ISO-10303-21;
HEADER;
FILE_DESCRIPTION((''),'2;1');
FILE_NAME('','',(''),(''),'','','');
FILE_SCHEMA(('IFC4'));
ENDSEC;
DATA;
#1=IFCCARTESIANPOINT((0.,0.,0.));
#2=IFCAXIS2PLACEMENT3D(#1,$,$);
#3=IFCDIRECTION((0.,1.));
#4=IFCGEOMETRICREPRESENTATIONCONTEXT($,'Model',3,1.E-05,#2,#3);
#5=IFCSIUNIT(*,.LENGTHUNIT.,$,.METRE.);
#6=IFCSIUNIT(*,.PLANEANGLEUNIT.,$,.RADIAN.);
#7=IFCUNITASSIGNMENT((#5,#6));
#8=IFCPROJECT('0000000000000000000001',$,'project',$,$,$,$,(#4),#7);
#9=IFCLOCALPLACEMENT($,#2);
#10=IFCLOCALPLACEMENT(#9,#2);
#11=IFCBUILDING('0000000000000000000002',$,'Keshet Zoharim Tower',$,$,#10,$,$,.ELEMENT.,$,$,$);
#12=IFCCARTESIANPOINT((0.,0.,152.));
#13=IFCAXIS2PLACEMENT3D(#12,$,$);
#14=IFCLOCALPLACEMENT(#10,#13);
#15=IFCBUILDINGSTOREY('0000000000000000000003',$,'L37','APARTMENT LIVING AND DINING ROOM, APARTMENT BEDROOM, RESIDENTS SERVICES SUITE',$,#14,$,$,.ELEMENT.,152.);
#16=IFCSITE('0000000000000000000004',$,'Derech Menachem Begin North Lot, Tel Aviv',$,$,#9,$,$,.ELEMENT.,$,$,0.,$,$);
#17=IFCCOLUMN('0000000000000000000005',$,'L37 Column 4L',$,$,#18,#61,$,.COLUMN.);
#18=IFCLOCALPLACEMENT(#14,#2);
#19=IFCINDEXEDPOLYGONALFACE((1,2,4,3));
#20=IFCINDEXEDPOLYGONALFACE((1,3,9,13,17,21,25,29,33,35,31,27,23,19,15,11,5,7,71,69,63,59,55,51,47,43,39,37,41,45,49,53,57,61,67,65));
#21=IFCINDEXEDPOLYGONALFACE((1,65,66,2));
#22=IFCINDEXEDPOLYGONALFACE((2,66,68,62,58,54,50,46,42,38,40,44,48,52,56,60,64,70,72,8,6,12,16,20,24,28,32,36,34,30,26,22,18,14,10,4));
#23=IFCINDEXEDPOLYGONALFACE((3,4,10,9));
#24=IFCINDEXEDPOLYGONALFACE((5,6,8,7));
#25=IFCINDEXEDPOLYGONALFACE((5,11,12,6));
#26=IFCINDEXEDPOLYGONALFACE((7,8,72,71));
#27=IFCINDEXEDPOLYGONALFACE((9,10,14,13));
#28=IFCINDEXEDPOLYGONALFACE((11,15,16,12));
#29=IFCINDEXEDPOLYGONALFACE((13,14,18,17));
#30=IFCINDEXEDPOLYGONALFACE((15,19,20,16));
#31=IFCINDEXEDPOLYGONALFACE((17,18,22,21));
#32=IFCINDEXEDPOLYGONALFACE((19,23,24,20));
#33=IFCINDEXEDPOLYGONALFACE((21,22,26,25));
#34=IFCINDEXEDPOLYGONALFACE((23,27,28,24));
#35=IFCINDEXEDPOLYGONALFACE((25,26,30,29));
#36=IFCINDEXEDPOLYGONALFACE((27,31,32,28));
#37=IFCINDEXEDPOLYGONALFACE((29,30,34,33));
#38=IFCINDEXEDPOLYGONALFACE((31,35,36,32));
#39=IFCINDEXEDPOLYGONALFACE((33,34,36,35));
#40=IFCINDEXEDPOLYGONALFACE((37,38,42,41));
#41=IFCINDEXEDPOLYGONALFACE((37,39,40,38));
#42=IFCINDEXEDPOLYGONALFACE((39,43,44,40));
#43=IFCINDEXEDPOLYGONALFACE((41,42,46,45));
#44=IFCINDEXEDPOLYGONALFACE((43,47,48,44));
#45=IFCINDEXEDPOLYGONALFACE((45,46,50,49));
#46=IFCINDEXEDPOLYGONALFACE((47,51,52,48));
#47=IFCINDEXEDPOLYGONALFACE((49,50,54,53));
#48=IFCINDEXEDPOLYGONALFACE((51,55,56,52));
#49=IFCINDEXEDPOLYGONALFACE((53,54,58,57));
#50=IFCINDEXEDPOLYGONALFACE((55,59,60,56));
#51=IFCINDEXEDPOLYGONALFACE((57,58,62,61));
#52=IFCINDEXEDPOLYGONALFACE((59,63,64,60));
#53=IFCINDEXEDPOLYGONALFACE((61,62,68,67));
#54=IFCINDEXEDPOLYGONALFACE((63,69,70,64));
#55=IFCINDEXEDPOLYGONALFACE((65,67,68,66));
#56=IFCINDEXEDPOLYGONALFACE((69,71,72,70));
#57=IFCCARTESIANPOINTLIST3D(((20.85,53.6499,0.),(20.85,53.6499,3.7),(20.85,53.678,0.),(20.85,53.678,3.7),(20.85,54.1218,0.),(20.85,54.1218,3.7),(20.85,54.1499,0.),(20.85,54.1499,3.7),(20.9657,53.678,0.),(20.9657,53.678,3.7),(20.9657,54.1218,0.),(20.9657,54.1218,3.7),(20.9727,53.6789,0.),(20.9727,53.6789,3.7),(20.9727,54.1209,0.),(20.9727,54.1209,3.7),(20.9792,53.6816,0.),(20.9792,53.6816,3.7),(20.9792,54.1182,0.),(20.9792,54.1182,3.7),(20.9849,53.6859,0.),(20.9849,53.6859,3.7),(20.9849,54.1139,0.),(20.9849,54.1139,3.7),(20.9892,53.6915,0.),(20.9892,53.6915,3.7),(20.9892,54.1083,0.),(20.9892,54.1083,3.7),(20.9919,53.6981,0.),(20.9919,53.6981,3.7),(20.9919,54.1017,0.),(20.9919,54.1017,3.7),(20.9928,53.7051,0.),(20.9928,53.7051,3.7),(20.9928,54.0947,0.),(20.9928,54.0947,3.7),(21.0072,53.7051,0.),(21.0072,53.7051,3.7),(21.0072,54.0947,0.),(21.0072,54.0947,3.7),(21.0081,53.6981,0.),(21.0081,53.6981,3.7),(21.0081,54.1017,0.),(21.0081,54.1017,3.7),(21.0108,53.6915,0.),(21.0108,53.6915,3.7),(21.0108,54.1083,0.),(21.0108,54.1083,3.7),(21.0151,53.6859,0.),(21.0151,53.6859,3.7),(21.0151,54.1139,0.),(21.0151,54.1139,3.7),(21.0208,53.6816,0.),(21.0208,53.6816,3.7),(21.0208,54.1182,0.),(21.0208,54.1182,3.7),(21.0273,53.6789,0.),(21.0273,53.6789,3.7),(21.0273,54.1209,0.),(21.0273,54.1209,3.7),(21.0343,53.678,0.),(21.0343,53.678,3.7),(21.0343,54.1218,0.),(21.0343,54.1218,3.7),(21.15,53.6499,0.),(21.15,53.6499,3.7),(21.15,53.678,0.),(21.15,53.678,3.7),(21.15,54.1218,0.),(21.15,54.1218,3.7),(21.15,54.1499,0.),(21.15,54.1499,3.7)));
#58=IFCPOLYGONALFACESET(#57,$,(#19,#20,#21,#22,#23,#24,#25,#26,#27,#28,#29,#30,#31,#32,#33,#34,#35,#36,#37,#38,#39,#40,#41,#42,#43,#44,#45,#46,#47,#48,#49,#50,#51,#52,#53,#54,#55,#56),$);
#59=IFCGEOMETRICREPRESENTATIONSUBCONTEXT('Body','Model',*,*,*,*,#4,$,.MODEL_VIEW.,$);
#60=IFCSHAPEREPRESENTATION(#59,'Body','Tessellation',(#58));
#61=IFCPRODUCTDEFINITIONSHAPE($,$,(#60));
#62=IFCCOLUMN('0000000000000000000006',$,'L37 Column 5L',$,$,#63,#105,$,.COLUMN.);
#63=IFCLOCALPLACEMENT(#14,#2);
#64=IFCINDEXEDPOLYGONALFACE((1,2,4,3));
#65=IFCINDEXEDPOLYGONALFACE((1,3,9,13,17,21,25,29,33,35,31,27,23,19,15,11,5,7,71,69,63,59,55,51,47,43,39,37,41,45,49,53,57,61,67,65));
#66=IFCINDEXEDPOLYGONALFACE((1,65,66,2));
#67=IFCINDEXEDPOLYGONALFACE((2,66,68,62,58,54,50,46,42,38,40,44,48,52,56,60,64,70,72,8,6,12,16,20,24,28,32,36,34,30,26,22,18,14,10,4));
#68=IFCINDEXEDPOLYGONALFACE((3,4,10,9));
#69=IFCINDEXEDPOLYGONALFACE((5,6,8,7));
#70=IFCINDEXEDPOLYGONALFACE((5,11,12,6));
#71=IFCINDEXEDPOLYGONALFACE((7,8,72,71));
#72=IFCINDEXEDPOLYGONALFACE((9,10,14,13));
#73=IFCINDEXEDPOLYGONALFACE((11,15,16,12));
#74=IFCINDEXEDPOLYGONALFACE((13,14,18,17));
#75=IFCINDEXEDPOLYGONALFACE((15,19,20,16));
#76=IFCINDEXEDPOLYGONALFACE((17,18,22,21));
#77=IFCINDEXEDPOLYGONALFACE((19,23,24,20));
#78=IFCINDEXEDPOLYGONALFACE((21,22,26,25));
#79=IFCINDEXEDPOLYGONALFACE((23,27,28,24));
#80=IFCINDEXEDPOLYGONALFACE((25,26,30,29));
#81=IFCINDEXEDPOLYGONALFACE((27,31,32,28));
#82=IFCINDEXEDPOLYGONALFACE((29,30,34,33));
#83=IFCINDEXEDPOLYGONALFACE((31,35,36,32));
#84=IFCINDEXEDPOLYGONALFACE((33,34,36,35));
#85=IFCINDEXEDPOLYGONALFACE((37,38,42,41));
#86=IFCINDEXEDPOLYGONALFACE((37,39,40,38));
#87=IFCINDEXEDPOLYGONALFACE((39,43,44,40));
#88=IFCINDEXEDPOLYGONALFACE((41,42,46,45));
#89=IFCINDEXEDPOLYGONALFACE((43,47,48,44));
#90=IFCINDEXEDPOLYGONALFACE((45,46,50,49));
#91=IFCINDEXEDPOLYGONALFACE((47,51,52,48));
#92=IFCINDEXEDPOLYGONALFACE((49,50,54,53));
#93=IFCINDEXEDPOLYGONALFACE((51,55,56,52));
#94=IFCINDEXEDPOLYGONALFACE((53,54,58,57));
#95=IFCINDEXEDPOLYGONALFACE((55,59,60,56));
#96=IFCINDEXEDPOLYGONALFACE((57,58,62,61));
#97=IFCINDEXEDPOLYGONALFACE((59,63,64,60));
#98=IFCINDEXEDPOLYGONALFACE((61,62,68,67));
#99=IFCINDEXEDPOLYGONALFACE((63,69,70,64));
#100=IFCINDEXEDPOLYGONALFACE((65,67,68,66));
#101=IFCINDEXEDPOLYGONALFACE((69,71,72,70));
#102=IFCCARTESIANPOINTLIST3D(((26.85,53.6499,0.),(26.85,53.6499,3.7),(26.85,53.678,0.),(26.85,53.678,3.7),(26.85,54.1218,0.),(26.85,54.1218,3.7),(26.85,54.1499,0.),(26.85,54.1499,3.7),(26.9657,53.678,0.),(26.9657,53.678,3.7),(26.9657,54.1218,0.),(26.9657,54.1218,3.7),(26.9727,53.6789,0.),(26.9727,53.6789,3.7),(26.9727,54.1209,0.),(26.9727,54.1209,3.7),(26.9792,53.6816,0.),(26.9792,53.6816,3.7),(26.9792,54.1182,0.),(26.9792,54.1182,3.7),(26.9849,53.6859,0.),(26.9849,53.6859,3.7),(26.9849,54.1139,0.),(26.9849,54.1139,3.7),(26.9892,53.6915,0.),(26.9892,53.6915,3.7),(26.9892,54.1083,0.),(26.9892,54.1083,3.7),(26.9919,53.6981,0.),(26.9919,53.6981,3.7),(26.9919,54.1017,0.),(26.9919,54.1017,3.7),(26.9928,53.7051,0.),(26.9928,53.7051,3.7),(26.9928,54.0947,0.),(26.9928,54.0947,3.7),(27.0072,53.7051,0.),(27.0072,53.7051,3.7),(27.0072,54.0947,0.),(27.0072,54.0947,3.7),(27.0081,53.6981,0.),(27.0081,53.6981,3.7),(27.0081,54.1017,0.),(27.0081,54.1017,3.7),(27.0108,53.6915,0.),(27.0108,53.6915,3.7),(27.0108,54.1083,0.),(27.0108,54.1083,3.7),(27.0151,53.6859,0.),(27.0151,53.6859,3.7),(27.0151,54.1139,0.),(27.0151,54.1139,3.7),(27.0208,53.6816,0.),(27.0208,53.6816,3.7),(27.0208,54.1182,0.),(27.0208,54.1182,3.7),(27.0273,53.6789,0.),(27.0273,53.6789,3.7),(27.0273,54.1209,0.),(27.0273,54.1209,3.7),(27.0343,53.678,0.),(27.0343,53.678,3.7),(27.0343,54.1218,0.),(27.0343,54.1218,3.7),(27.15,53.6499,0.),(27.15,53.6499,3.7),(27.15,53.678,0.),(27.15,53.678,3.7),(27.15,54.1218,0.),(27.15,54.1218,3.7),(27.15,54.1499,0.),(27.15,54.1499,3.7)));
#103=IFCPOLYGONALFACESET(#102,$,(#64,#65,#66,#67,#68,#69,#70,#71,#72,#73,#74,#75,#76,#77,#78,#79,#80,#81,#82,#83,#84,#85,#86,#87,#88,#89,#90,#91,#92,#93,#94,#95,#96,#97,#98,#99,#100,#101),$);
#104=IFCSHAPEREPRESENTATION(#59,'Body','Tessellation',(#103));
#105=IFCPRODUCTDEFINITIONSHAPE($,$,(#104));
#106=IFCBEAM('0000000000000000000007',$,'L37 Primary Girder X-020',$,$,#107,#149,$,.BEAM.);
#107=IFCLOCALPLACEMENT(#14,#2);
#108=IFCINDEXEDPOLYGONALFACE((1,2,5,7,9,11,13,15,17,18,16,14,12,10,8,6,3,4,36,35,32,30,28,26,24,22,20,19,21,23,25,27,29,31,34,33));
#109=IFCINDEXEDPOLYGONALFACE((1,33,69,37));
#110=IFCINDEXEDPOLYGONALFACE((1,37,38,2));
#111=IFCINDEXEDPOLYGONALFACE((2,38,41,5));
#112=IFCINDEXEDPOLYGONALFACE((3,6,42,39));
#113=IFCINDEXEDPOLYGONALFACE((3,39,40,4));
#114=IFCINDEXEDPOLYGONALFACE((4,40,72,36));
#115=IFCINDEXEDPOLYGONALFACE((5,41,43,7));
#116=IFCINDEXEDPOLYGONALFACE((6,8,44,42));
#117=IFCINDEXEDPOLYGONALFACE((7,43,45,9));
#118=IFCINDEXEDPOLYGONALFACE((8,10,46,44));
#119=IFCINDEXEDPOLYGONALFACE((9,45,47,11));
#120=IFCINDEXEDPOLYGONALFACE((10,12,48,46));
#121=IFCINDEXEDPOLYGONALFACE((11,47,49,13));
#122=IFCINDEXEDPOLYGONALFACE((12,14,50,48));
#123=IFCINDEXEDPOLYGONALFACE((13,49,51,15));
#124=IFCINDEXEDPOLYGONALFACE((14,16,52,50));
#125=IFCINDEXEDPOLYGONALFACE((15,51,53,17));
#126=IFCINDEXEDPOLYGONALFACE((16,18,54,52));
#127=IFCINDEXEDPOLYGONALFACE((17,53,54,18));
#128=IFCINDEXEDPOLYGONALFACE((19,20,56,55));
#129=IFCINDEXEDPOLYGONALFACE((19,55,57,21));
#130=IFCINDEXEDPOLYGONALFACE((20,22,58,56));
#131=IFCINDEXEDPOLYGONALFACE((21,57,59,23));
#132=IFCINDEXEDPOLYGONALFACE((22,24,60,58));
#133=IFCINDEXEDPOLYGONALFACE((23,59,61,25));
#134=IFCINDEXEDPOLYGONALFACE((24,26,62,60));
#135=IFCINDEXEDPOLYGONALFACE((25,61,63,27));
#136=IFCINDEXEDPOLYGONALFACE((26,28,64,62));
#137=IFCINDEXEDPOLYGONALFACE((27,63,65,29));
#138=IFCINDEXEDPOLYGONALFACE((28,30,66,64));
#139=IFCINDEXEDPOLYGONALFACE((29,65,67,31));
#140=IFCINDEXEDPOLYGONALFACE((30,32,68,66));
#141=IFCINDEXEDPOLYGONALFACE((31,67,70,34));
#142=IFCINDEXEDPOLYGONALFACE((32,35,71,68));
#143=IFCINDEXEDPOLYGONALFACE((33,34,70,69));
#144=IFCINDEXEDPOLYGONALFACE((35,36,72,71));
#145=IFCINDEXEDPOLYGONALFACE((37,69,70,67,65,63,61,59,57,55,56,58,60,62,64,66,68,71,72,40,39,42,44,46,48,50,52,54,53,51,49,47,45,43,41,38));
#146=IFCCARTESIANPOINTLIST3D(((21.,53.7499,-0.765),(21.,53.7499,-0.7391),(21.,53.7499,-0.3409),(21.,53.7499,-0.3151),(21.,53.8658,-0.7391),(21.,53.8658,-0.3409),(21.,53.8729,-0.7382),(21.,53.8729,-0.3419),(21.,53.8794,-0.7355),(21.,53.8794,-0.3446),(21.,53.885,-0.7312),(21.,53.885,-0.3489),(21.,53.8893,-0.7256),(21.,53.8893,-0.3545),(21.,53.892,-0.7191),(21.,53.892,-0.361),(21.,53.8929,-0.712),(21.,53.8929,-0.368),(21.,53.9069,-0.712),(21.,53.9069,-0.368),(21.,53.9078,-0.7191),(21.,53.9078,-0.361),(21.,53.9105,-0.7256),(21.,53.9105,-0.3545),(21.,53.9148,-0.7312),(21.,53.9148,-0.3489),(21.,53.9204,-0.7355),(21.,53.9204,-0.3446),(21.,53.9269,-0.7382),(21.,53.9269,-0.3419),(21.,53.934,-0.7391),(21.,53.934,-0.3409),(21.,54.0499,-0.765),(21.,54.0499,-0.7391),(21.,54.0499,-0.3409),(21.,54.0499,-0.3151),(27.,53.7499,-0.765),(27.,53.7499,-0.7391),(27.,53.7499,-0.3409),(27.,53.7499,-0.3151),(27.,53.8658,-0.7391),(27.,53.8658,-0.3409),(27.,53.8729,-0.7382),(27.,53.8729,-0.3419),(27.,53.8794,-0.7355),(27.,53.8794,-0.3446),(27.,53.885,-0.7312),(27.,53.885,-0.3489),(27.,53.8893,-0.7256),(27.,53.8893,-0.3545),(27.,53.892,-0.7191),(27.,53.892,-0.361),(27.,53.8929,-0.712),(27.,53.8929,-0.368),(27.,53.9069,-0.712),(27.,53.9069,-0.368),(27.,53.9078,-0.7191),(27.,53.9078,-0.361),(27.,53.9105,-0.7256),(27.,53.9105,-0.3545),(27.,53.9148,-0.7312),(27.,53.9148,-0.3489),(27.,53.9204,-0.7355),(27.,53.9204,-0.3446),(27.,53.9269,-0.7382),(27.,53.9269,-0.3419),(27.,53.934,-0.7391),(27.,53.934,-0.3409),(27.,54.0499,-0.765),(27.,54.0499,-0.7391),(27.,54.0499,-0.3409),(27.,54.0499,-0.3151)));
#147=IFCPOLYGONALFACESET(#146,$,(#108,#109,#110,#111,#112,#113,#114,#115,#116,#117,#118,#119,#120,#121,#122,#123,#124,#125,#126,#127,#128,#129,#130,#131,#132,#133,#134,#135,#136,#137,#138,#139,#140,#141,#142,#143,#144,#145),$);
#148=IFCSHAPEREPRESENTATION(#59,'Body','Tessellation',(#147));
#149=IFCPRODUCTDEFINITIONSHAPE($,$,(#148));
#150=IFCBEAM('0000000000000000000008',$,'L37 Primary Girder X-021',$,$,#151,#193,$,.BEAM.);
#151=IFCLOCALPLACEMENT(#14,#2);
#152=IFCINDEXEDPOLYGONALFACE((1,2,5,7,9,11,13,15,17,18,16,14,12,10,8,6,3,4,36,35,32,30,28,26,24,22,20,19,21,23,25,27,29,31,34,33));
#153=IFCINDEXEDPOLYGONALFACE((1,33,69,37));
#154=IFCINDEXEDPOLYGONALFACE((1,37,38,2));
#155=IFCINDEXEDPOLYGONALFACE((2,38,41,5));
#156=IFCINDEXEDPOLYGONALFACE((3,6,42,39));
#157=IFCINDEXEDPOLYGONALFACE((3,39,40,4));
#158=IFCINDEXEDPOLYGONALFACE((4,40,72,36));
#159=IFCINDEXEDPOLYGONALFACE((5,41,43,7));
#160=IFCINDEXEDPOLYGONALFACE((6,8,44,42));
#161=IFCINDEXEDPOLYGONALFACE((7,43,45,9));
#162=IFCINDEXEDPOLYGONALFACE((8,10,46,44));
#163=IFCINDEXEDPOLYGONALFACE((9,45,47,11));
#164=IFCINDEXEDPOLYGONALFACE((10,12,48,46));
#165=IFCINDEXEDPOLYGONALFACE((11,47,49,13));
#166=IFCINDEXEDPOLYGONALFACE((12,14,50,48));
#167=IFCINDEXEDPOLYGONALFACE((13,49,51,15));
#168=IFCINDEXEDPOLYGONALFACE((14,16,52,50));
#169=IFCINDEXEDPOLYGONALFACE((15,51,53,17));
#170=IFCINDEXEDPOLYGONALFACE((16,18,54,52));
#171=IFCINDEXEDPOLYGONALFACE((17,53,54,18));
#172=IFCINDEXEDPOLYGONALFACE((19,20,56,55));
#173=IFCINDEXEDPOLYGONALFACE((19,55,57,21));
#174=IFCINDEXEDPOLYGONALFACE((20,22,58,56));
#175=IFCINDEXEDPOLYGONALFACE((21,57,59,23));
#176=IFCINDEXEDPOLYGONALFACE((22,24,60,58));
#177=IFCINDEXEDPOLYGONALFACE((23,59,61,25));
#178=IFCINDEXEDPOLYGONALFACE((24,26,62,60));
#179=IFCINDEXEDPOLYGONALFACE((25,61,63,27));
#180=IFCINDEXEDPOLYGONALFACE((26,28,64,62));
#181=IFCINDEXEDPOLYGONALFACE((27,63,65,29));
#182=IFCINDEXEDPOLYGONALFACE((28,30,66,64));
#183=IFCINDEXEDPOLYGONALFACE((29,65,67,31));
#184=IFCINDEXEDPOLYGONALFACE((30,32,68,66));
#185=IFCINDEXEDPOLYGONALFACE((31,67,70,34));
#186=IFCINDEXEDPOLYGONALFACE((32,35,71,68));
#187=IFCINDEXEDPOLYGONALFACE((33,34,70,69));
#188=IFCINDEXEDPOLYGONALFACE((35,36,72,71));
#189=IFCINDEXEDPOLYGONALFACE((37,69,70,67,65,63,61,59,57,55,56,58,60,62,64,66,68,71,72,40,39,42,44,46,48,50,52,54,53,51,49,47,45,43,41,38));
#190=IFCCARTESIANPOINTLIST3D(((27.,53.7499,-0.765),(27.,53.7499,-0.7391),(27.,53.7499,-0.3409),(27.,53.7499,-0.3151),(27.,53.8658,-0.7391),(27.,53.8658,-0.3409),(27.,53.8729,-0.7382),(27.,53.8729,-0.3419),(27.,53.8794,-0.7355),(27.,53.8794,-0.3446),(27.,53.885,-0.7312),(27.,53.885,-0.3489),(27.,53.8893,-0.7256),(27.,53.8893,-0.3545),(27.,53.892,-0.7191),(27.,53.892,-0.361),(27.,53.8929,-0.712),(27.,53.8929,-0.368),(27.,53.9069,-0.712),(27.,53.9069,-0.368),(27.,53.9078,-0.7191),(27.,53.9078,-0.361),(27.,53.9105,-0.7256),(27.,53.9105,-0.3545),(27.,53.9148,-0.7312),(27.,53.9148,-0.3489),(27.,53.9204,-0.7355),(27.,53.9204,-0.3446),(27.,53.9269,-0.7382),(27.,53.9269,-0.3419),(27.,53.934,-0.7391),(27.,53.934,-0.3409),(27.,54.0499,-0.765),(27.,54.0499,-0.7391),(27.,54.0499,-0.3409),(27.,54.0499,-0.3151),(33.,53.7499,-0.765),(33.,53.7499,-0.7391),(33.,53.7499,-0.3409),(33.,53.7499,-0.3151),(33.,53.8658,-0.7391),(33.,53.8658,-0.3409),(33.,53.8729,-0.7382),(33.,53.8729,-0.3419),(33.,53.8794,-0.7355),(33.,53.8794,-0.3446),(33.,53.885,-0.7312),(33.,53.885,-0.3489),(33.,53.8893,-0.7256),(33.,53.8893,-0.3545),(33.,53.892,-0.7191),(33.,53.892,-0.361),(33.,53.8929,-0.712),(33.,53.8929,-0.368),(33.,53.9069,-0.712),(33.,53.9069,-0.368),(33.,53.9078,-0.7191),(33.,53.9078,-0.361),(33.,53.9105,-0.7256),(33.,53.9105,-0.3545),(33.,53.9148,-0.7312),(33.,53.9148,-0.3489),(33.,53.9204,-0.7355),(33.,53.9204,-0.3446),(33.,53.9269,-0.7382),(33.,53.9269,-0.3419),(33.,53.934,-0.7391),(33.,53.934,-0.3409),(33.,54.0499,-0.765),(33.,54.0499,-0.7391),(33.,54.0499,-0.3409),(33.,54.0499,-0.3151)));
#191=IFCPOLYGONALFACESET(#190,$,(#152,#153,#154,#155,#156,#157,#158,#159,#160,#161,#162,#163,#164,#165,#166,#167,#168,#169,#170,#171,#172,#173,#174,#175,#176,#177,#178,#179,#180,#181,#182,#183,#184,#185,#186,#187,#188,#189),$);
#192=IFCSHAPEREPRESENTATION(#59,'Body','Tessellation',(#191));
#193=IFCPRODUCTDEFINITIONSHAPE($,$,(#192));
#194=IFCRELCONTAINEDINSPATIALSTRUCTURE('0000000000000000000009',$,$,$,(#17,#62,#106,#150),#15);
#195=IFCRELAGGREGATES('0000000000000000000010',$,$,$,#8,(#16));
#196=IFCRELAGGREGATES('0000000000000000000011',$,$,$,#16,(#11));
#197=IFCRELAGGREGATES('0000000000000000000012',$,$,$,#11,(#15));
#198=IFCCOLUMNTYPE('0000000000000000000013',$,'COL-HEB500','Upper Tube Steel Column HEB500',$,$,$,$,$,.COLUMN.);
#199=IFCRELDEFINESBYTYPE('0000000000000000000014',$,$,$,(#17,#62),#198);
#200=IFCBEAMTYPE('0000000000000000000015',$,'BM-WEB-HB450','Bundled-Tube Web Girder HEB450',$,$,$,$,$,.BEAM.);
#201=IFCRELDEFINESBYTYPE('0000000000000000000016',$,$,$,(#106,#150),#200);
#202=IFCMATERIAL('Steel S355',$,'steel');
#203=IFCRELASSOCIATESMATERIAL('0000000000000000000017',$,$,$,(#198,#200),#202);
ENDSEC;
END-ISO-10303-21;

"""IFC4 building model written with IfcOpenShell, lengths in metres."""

from ifc_helpers import new_model, si_unit, direction, frame, origin, origin_2d, place, context, subcontext, project, spatial, i_section, extrude, material, material_profile, profile_set, type_object, element, save


model = new_model("IFC4")

# Units and contexts
model_context = context("Model", 3, precision=1e-05, world=origin(), true_north=direction((0.0, 1.0)))
body_context = subcontext(model_context, "Body", "Model", "MODEL_VIEW")
ifc_project = project(units=[si_unit("LENGTHUNIT", "METRE"), si_unit("PLANEANGLEUNIT", "RADIAN")], contexts=[model_context])

# Site, building, storey
site_placement = place(None, origin())
site = spatial("IfcSite", under=ifc_project, at=site_placement, Name="Derech Menachem Begin North Lot, Tel Aviv", CompositionType="ELEMENT", RefElevation=0.0)
building_placement = place(site_placement, origin())
building = spatial("IfcBuilding", under=site, at=building_placement, Name="Keshet Zoharim Tower", CompositionType="ELEMENT")
storey_placement = place(building_placement, frame((0.0, 0.0, 152.0)))
storey = spatial("IfcBuildingStorey", under=building, at=storey_placement, Name="L37", Description="APARTMENT LIVING AND DINING ROOM, APARTMENT BEDROOM, RESIDENTS SERVICES SUITE", CompositionType="ELEMENT", Elevation=152.0)

# Columns
ifc_material_1 = material(Name="Steel S355", Category="steel")
ifc_material_profile_1 = material_profile(ifc_material_1, i_section(OverallWidth=0.3, OverallDepth=0.5, WebThickness=0.0144, FlangeThickness=0.0281, FilletRadius=0.0271, at=origin_2d()), Name="HEB500")
ifc_profile_set_1 = profile_set([ifc_material_profile_1], Name="Steel S355")
column_type = type_object("IfcColumnType", Name="COL-HEB500", Description="Upper Tube Steel Column HEB500", PredefinedType="COLUMN", material=ifc_profile_set_1)
for number, where, z_axis, x_axis, name in (
    (1, (21.0, 53.8999, 0.0), (0.0, 0.0, 1.0), (1.0, 0.0, 0.0), "L37 Column 4L"),
    (2, (27.0, 53.8999, 0.0), (0.0, 0.0, 1.0), (1.0, 0.0, 0.0), "L37 Column 5L"),
):
    element("IfcColumn", number, at=place(storey_placement, frame(where, z_axis=z_axis, x_axis=x_axis)), inside=storey, type_object=column_type, Name=name, PredefinedType="COLUMN", context=body_context, shape_type="SweptSolid", body=[
        extrude(i_section(OverallWidth=0.3, OverallDepth=0.5, WebThickness=0.0144, FlangeThickness=0.0281, FilletRadius=0.0271, at=origin_2d()), origin(), (0.0, 0.0, 1.0), 3.7),
    ])

# Beams
ifc_material_profile_2 = material_profile(ifc_material_1, i_section(OverallWidth=0.3, OverallDepth=0.45, WebThickness=0.0139, FlangeThickness=0.0259, FilletRadius=0.0271, at=origin_2d()), Name="HEB450")
ifc_profile_set_2 = profile_set([ifc_material_profile_2], Name="Steel S355")
beam_type = type_object("IfcBeamType", Name="BM-WEB-HB450", Description="Bundled-Tube Web Girder HEB450", PredefinedType="BEAM", material=ifc_profile_set_2)
for number, where, z_axis, x_axis, name in (
    (3, (21.0, 53.8999, -0.54), (1.0, 0.0, 0.0), (0.0, 1.0, 0.0), "L37 Primary Girder X-020"),
    (4, (27.0, 53.8999, -0.54), (1.0, 0.0, 0.0), (0.0, 1.0, 0.0), "L37 Primary Girder X-021"),
):
    element("IfcBeam", number, at=place(storey_placement, frame(where, z_axis=z_axis, x_axis=x_axis)), inside=storey, type_object=beam_type, Name=name, PredefinedType="BEAM", context=body_context, shape_type="SweptSolid", body=[
        extrude(i_section(OverallWidth=0.3, OverallDepth=0.45, WebThickness=0.0139, FlangeThickness=0.0259, FilletRadius=0.0271, at=origin_2d()), origin(), (0.0, 0.0, 1.0), 6.0),
    ])

save(model, "model.ifc")
